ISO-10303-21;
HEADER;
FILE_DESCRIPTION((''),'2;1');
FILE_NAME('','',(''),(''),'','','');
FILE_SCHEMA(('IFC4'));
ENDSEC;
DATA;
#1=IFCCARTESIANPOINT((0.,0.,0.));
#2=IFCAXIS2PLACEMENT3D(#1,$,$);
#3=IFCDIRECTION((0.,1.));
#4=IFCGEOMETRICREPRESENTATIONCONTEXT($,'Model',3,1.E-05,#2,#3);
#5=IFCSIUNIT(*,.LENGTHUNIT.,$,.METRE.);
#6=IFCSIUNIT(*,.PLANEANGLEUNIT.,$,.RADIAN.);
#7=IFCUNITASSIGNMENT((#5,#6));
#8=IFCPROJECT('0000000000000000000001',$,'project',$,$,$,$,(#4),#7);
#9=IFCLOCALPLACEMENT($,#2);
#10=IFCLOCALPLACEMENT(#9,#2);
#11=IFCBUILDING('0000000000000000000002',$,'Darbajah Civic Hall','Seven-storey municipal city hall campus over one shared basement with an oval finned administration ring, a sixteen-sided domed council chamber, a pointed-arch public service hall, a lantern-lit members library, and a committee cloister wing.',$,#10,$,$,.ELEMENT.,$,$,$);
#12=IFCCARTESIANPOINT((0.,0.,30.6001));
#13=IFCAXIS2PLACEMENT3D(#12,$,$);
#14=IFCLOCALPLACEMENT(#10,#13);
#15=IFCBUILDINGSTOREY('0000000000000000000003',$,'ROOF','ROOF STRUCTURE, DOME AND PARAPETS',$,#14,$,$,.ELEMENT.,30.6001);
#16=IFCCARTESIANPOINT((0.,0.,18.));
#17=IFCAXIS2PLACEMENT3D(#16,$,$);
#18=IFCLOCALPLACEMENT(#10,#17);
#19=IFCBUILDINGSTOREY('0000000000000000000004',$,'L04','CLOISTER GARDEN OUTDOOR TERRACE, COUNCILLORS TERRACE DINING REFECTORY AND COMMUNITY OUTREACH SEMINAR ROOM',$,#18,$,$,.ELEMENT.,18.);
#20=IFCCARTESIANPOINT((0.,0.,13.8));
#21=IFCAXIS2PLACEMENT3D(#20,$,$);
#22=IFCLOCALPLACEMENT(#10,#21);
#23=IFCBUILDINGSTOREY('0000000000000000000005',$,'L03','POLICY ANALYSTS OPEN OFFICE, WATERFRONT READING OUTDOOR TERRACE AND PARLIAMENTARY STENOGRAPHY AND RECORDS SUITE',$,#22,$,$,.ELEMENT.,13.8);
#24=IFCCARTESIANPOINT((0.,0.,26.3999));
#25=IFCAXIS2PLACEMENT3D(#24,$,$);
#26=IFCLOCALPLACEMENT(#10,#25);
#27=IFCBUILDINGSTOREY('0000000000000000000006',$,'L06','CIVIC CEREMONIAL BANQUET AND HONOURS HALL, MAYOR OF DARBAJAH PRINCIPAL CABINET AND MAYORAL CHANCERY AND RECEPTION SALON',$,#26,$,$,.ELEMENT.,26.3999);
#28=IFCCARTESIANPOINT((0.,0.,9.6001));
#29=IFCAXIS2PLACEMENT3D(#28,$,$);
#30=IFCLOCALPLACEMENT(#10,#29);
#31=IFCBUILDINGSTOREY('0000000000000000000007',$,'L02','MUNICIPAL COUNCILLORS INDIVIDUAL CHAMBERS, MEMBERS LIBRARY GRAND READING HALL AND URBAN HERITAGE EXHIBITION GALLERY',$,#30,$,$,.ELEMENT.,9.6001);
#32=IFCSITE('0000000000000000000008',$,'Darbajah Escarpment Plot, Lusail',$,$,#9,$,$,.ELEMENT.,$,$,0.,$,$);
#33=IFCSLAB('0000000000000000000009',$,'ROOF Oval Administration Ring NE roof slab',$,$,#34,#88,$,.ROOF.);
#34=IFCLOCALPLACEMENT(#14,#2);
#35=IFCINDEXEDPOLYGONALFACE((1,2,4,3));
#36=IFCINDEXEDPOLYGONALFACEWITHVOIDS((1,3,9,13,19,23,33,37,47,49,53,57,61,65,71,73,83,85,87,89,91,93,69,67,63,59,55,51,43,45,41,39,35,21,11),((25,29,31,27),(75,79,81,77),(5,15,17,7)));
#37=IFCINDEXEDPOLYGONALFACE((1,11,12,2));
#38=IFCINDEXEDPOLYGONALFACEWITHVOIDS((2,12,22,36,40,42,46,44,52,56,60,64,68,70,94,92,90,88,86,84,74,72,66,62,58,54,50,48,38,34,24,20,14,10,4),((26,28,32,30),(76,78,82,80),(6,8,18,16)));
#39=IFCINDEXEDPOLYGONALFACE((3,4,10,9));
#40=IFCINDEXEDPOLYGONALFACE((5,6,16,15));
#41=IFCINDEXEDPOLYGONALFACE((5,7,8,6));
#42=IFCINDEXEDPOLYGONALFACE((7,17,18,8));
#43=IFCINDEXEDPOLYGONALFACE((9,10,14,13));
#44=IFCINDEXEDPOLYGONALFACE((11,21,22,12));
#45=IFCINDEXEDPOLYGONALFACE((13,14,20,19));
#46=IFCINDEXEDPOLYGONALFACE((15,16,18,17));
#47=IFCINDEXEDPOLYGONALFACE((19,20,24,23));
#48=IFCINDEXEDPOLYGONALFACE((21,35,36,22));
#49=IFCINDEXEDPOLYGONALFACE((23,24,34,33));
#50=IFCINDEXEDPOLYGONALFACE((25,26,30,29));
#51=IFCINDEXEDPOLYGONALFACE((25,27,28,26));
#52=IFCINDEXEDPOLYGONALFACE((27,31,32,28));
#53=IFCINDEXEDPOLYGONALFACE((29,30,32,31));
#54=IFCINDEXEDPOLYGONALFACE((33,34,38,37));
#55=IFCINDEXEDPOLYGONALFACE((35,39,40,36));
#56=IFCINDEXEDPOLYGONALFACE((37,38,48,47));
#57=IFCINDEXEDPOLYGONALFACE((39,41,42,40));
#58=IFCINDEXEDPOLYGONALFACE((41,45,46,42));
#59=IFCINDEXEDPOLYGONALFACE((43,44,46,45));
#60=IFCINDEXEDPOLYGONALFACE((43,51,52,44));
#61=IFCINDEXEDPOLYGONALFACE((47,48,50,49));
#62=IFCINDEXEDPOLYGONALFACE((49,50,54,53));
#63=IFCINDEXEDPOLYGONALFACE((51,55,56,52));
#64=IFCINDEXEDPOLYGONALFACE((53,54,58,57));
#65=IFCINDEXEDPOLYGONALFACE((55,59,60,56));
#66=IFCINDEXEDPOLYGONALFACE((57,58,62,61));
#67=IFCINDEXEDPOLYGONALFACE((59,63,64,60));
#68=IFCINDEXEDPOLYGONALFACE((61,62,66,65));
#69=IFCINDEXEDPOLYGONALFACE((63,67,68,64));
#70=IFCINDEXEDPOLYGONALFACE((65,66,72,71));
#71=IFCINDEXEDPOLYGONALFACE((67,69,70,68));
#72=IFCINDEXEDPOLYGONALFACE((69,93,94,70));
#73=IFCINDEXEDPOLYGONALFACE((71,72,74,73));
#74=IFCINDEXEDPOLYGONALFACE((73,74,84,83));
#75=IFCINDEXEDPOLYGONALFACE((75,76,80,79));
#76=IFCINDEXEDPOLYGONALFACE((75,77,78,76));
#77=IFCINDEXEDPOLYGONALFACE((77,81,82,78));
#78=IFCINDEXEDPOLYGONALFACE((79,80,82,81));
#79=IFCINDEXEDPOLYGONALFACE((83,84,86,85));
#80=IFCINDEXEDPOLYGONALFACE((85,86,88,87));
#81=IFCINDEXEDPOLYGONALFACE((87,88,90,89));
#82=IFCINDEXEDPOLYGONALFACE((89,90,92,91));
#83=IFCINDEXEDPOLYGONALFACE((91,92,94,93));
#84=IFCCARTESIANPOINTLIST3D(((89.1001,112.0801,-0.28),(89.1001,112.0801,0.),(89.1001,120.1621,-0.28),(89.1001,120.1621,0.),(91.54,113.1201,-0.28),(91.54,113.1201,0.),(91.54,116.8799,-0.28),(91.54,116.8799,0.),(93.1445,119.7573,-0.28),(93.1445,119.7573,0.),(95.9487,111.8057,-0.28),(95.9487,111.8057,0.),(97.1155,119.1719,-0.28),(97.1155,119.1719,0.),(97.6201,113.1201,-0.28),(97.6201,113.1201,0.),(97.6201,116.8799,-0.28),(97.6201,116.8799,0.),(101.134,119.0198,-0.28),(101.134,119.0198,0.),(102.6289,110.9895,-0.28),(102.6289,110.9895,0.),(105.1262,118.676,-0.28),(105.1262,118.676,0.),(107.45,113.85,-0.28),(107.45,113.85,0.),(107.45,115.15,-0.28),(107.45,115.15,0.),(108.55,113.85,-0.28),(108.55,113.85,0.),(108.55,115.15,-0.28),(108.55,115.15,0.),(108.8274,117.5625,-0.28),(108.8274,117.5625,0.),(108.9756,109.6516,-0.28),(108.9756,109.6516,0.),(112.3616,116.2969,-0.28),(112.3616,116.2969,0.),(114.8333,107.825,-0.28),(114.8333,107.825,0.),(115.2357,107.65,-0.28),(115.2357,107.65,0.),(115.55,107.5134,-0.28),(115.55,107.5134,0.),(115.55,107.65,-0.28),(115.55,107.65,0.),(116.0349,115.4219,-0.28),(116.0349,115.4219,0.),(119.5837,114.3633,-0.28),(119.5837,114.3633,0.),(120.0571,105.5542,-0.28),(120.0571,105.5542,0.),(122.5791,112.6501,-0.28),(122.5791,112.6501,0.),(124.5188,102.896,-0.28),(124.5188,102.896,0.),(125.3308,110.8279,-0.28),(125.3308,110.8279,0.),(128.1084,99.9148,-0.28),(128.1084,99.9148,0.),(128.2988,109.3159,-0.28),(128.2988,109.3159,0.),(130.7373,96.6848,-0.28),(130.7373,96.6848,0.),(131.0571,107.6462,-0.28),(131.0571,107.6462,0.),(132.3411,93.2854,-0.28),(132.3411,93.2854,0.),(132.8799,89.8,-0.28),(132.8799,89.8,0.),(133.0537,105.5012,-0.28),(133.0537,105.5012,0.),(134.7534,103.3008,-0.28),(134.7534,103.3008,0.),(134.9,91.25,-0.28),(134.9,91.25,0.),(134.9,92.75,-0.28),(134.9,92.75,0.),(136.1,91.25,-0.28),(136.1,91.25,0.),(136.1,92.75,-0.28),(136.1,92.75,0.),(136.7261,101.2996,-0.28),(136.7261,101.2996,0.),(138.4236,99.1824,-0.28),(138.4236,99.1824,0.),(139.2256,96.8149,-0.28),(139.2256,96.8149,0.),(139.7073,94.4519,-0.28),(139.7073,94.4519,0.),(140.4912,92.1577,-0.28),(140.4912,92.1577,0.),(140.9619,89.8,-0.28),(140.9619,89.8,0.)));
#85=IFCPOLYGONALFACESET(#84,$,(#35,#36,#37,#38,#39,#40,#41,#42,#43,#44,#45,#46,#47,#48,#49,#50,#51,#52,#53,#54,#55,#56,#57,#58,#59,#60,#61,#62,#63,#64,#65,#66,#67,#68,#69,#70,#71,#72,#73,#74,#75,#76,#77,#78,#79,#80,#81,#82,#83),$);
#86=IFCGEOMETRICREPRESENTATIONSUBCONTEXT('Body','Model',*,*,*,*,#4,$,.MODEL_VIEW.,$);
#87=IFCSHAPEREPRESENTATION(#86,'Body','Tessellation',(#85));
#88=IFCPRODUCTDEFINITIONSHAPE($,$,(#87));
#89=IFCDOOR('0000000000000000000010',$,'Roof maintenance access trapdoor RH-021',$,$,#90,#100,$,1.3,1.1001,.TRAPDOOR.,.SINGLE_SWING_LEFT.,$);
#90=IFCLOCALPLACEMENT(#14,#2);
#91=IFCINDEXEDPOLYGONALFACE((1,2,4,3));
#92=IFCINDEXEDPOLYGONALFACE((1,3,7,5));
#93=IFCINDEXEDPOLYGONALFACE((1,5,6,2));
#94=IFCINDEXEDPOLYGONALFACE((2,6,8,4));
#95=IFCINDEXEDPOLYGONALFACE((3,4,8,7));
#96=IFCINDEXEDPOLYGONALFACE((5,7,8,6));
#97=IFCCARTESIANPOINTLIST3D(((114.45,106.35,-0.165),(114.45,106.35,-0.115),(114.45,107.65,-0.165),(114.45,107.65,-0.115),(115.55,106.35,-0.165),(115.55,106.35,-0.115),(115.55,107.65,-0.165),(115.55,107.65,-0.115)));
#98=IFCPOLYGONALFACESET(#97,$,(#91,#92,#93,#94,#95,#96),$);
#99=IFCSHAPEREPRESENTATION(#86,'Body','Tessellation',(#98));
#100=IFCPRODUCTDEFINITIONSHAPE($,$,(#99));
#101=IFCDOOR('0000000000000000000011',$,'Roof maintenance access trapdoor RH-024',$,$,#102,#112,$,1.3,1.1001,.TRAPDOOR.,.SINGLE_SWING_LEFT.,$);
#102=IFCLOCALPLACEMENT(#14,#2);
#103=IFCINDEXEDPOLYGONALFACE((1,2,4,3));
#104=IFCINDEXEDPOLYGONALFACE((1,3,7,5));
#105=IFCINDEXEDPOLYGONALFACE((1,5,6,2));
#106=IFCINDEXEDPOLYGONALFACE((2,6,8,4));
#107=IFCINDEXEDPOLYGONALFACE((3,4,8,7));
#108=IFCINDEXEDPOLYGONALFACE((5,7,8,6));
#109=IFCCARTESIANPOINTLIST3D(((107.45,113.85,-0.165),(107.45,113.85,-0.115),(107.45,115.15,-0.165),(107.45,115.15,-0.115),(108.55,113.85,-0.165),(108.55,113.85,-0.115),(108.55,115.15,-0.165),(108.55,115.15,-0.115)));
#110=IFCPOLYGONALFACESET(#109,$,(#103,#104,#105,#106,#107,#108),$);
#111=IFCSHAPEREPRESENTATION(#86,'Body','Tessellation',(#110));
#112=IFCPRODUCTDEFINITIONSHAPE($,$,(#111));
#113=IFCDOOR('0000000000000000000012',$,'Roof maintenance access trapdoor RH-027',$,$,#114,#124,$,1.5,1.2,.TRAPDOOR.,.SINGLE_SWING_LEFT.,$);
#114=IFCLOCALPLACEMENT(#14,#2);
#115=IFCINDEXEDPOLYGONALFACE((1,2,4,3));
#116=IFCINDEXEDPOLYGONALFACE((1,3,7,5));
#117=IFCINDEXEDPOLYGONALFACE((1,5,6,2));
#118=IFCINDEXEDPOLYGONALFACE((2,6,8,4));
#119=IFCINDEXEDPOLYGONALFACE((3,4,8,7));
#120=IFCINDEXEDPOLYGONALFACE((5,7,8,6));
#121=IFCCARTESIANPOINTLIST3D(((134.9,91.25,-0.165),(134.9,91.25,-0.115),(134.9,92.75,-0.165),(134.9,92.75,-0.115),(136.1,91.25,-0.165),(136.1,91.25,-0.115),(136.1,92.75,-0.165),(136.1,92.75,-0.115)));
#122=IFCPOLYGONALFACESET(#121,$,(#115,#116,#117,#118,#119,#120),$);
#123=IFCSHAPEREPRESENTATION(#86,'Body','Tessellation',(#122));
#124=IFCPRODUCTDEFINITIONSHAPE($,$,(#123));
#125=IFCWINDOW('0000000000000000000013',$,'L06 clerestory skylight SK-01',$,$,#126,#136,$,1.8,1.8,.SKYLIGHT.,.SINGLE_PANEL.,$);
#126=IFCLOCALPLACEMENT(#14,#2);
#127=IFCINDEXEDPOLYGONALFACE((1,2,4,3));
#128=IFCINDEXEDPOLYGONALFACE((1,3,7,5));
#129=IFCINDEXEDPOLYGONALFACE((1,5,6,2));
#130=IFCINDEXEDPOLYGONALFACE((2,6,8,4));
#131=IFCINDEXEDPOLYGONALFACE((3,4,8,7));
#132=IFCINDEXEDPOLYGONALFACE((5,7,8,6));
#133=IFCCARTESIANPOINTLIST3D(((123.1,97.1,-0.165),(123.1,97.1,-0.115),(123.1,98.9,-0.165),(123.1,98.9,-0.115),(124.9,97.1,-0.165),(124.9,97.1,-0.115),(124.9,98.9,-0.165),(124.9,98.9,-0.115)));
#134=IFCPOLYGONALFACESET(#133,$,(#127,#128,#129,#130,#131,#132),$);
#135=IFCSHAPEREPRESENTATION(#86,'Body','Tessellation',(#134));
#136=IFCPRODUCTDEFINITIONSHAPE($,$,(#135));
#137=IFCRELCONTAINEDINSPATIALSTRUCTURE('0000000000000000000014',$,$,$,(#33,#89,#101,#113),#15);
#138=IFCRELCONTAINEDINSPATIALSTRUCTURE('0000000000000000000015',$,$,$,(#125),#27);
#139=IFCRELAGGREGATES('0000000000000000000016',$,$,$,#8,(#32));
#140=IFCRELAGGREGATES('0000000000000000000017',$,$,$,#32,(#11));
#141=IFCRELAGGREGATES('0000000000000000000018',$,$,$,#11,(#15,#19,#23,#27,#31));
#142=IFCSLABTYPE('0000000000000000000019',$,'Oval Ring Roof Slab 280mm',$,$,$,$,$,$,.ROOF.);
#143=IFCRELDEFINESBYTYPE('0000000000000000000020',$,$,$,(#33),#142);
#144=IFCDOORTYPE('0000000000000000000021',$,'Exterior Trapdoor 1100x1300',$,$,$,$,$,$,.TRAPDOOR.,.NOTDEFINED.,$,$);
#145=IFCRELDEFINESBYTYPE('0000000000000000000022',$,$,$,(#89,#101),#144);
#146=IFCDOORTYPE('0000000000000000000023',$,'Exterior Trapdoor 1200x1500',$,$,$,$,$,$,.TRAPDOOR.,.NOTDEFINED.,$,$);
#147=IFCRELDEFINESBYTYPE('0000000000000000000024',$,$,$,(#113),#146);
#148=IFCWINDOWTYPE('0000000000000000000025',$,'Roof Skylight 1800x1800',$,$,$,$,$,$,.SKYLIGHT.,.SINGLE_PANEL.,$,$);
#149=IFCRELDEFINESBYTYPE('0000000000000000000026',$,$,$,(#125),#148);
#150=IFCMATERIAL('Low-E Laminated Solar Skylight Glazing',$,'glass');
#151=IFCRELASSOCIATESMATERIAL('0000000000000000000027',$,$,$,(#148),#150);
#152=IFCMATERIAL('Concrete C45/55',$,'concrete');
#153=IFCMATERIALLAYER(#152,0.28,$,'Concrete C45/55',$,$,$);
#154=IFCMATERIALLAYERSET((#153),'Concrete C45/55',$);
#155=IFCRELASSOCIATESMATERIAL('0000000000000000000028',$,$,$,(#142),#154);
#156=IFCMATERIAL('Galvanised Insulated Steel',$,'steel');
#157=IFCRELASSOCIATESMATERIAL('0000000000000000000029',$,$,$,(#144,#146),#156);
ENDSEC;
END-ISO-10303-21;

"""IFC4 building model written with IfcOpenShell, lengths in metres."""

from ifc_helpers import new_model, si_unit, direction, frame, origin, origin_2d, place, context, subcontext, project, spatial, polyline, rectangle, outline, extrude, material, layer, layer_set, type_object, element, fill, save


model = new_model("IFC4")

# Units and contexts
model_context = context("Model", 3, precision=1e-05, world=origin(), true_north=direction((0.0, 1.0)))
body_context = subcontext(model_context, "Body", "Model", "MODEL_VIEW")
ifc_project = project(units=[si_unit("LENGTHUNIT", "METRE"), si_unit("PLANEANGLEUNIT", "RADIAN")], contexts=[model_context])

# Site, building, storey
site_placement = place(None, origin())
site = spatial("IfcSite", under=ifc_project, at=site_placement, Name="Darbajah Escarpment Plot, Lusail", CompositionType="ELEMENT", RefElevation=0.0)
building_placement = place(site_placement, origin())
building = spatial("IfcBuilding", under=site, at=building_placement, Name="Darbajah Civic Hall", Description="Seven-storey municipal city hall campus over one shared basement with an oval finned administration ring, a sixteen-sided domed council chamber, a pointed-arch public service hall, a lantern-lit members library, and a committee cloister wing.", CompositionType="ELEMENT")
storey_1_placement = place(building_placement, frame((0.0, 0.0, 30.6001)))
storey_1 = spatial("IfcBuildingStorey", under=building, at=storey_1_placement, Name="ROOF", Description="ROOF STRUCTURE, DOME AND PARAPETS", CompositionType="ELEMENT", Elevation=30.6001)

# Shared definitions
ifc_material_1 = material(Name="Concrete C45/55", Category="concrete")

# Shared definitions
storey_2_placement = place(building_placement, frame((0.0, 0.0, 18.0)))
storey_2 = spatial("IfcBuildingStorey", under=building, at=storey_2_placement, Name="L04", Description="CLOISTER GARDEN OUTDOOR TERRACE, COUNCILLORS TERRACE DINING REFECTORY AND COMMUNITY OUTREACH SEMINAR ROOM", CompositionType="ELEMENT", Elevation=18.0)

# Shared definitions
ifc_material_2 = material(Name="Low-E Laminated Solar Skylight Glazing", Category="glass")

# Shared definitions
storey_3_placement = place(building_placement, frame((0.0, 0.0, 13.8)))
storey_3 = spatial("IfcBuildingStorey", under=building, at=storey_3_placement, Name="L03", Description="POLICY ANALYSTS OPEN OFFICE, WATERFRONT READING OUTDOOR TERRACE AND PARLIAMENTARY STENOGRAPHY AND RECORDS SUITE", CompositionType="ELEMENT", Elevation=13.8)

# Shared definitions
window_type_1 = type_object("IfcWindowType", Name="Roof Skylight 1800x1800", PartitioningType="SINGLE_PANEL", PredefinedType="SKYLIGHT", material=ifc_material_2)

# Slab, openings, doors
ifc_layer_1 = layer(ifc_material_1, 0.28, Name="Concrete C45/55")
ifc_layer_set_1 = layer_set([ifc_layer_1], Name="Concrete C45/55")
slab_type_1 = type_object("IfcSlabType", Name="Oval Ring Roof Slab 280mm", PredefinedType="ROOF", material=ifc_layer_set_1)
slab_1_placement = place(storey_1_placement, frame((0.0, 0.0, -0.28)))
slab_1 = element("IfcSlab", 1, at=slab_1_placement, inside=storey_1, type_object=slab_type_1, Name="ROOF Oval Administration Ring NE roof slab", PredefinedType="ROOF", context=body_context, shape_type="SweptSolid", body=[
    extrude(outline(polyline([(140.9619, 89.8), (140.4912, 92.1577), (139.7073, 94.4519), (139.2256, 96.8149), (138.4236, 99.1824), (136.7261, 101.2996), (134.7534, 103.3008), (133.0537, 105.5012), (131.0571, 107.6462), (128.2988, 109.3159), (125.3308, 110.8279), (122.5791, 112.6501), (119.5837, 114.3633), (116.0349, 115.4219), (112.3616, 116.2969), (108.8274, 117.5625), (105.1262, 118.676), (101.134, 119.0198), (97.1155, 119.1719), (93.1445, 119.7573), (89.1001, 120.1621), (89.1001, 112.0801), (95.9487, 111.8057), (102.6289, 110.9895), (108.9756, 109.6516), (114.8333, 107.825), (120.0571, 105.5542), (124.5188, 102.896), (128.1084, 99.9148), (130.7373, 96.6848), (132.3411, 93.2854), (132.8799, 89.8), (140.9619, 89.8)]), holes=[polyline([(91.54, 116.8799), (97.6201, 116.8799), (97.6201, 113.1201), (91.54, 113.1201), (91.54, 116.8799)])]), origin(), (0.0, 0.0, 1.0), 0.28),
])
opening_1_placement = place(slab_1_placement, frame((115.0, 107.0, 0.0)))
opening_1 = element("IfcOpeningElement", 2, at=opening_1_placement, cuts=slab_1, PredefinedType="OPENING", context=body_context, shape_type="SweptSolid", body=[
    extrude(rectangle(XDim=1.1001, YDim=1.3, at=origin_2d()), frame((0.0, 0.0, -0.01)), (0.0, 0.0, 1.0), 0.3),
])
opening_2_placement = place(slab_1_placement, frame((108.0, 114.5, 0.0)))
opening_2 = element("IfcOpeningElement", 3, at=opening_2_placement, cuts=slab_1, PredefinedType="OPENING", context=body_context, shape_type="SweptSolid", body=[
    extrude(rectangle(XDim=1.1001, YDim=1.3, at=origin_2d()), frame((0.0, 0.0, -0.01)), (0.0, 0.0, 1.0), 0.3),
])
opening_3_placement = place(slab_1_placement, frame((135.5, 92.0, 0.0)))
opening_3 = element("IfcOpeningElement", 4, at=opening_3_placement, cuts=slab_1, PredefinedType="OPENING", context=body_context, shape_type="SweptSolid", body=[
    extrude(rectangle(XDim=1.2, YDim=1.5, at=origin_2d()), frame((0.0, 0.0, -0.01)), (0.0, 0.0, 1.0), 0.3),
])
opening_4_placement = place(slab_1_placement, frame((124.0, 98.0, 0.0)))
opening_4 = element("IfcOpeningElement", 5, at=opening_4_placement, cuts=slab_1, PredefinedType="OPENING", context=body_context, shape_type="SweptSolid", body=[
    extrude(rectangle(XDim=1.8, YDim=1.8, at=origin_2d()), frame((0.0, 0.0, -0.01)), (0.0, 0.0, 1.0), 0.3),
])
ifc_material_3 = material(Name="Galvanised Insulated Steel", Category="steel")
door_type_1 = type_object("IfcDoorType", Name="Exterior Trapdoor 1100x1300", OperationType="NOTDEFINED", PredefinedType="TRAPDOOR", material=ifc_material_3)
door_1_placement = place(opening_1_placement, frame((0.0, 0.0, 0.115)))
door_1 = element("IfcDoor", 6, at=door_1_placement, inside=storey_1, type_object=door_type_1, Name="Roof maintenance access trapdoor RH-021", OperationType="SINGLE_SWING_LEFT", OverallHeight=1.3, OverallWidth=1.1001, PredefinedType="TRAPDOOR", context=body_context, shape_type="SweptSolid", body=[
    extrude(rectangle(XDim=1.1001, YDim=1.3, at=origin_2d()), origin(), (0.0, 0.0, 1.0), 0.05),
])
fill(opening_1, door_1)
door_2_placement = place(opening_2_placement, frame((0.0, 0.0, 0.115)))
door_2 = element("IfcDoor", 7, at=door_2_placement, inside=storey_1, type_object=door_type_1, Name="Roof maintenance access trapdoor RH-024", OperationType="SINGLE_SWING_LEFT", OverallHeight=1.3, OverallWidth=1.1001, PredefinedType="TRAPDOOR", context=body_context, shape_type="SweptSolid", body=[
    extrude(rectangle(XDim=1.1001, YDim=1.3, at=origin_2d()), origin(), (0.0, 0.0, 1.0), 0.05),
])
fill(opening_2, door_2)
door_type_2 = type_object("IfcDoorType", Name="Exterior Trapdoor 1200x1500", OperationType="NOTDEFINED", PredefinedType="TRAPDOOR", material=ifc_material_3)
door_3_placement = place(opening_3_placement, frame((0.0, 0.0, 0.115)))
door_3 = element("IfcDoor", 8, at=door_3_placement, inside=storey_1, type_object=door_type_2, Name="Roof maintenance access trapdoor RH-027", OperationType="SINGLE_SWING_LEFT", OverallHeight=1.5, OverallWidth=1.2, PredefinedType="TRAPDOOR", context=body_context, shape_type="SweptSolid", body=[
    extrude(rectangle(XDim=1.2, YDim=1.5, at=origin_2d()), origin(), (0.0, 0.0, 1.0), 0.05),
])
fill(opening_3, door_3)

# Shared definitions
storey_4_placement = place(building_placement, frame((0.0, 0.0, 26.3999)))
storey_4 = spatial("IfcBuildingStorey", under=building, at=storey_4_placement, Name="L06", Description="CIVIC CEREMONIAL BANQUET AND HONOURS HALL, MAYOR OF DARBAJAH PRINCIPAL CABINET AND MAYORAL CHANCERY AND RECEPTION SALON", CompositionType="ELEMENT", Elevation=26.3999)

# Window
window_1_placement = place(opening_4_placement, frame((0.0, 0.0, 0.115)))
window_1 = element("IfcWindow", 9, at=window_1_placement, inside=storey_4, type_object=window_type_1, Name="L06 clerestory skylight SK-01", OverallHeight=1.8, OverallWidth=1.8, PartitioningType="SINGLE_PANEL", PredefinedType="SKYLIGHT", context=body_context, shape_type="SweptSolid", body=[
    extrude(rectangle(XDim=1.8, YDim=1.8, at=origin_2d()), origin(), (0.0, 0.0, 1.0), 0.05),
])
fill(opening_4, window_1)

# Shared definitions
storey_5_placement = place(building_placement, frame((0.0, 0.0, 9.6001)))
storey_5 = spatial("IfcBuildingStorey", under=building, at=storey_5_placement, Name="L02", Description="MUNICIPAL COUNCILLORS INDIVIDUAL CHAMBERS, MEMBERS LIBRARY GRAND READING HALL AND URBAN HERITAGE EXHIBITION GALLERY", CompositionType="ELEMENT", Elevation=9.6001)

save(model, "model.ifc")
